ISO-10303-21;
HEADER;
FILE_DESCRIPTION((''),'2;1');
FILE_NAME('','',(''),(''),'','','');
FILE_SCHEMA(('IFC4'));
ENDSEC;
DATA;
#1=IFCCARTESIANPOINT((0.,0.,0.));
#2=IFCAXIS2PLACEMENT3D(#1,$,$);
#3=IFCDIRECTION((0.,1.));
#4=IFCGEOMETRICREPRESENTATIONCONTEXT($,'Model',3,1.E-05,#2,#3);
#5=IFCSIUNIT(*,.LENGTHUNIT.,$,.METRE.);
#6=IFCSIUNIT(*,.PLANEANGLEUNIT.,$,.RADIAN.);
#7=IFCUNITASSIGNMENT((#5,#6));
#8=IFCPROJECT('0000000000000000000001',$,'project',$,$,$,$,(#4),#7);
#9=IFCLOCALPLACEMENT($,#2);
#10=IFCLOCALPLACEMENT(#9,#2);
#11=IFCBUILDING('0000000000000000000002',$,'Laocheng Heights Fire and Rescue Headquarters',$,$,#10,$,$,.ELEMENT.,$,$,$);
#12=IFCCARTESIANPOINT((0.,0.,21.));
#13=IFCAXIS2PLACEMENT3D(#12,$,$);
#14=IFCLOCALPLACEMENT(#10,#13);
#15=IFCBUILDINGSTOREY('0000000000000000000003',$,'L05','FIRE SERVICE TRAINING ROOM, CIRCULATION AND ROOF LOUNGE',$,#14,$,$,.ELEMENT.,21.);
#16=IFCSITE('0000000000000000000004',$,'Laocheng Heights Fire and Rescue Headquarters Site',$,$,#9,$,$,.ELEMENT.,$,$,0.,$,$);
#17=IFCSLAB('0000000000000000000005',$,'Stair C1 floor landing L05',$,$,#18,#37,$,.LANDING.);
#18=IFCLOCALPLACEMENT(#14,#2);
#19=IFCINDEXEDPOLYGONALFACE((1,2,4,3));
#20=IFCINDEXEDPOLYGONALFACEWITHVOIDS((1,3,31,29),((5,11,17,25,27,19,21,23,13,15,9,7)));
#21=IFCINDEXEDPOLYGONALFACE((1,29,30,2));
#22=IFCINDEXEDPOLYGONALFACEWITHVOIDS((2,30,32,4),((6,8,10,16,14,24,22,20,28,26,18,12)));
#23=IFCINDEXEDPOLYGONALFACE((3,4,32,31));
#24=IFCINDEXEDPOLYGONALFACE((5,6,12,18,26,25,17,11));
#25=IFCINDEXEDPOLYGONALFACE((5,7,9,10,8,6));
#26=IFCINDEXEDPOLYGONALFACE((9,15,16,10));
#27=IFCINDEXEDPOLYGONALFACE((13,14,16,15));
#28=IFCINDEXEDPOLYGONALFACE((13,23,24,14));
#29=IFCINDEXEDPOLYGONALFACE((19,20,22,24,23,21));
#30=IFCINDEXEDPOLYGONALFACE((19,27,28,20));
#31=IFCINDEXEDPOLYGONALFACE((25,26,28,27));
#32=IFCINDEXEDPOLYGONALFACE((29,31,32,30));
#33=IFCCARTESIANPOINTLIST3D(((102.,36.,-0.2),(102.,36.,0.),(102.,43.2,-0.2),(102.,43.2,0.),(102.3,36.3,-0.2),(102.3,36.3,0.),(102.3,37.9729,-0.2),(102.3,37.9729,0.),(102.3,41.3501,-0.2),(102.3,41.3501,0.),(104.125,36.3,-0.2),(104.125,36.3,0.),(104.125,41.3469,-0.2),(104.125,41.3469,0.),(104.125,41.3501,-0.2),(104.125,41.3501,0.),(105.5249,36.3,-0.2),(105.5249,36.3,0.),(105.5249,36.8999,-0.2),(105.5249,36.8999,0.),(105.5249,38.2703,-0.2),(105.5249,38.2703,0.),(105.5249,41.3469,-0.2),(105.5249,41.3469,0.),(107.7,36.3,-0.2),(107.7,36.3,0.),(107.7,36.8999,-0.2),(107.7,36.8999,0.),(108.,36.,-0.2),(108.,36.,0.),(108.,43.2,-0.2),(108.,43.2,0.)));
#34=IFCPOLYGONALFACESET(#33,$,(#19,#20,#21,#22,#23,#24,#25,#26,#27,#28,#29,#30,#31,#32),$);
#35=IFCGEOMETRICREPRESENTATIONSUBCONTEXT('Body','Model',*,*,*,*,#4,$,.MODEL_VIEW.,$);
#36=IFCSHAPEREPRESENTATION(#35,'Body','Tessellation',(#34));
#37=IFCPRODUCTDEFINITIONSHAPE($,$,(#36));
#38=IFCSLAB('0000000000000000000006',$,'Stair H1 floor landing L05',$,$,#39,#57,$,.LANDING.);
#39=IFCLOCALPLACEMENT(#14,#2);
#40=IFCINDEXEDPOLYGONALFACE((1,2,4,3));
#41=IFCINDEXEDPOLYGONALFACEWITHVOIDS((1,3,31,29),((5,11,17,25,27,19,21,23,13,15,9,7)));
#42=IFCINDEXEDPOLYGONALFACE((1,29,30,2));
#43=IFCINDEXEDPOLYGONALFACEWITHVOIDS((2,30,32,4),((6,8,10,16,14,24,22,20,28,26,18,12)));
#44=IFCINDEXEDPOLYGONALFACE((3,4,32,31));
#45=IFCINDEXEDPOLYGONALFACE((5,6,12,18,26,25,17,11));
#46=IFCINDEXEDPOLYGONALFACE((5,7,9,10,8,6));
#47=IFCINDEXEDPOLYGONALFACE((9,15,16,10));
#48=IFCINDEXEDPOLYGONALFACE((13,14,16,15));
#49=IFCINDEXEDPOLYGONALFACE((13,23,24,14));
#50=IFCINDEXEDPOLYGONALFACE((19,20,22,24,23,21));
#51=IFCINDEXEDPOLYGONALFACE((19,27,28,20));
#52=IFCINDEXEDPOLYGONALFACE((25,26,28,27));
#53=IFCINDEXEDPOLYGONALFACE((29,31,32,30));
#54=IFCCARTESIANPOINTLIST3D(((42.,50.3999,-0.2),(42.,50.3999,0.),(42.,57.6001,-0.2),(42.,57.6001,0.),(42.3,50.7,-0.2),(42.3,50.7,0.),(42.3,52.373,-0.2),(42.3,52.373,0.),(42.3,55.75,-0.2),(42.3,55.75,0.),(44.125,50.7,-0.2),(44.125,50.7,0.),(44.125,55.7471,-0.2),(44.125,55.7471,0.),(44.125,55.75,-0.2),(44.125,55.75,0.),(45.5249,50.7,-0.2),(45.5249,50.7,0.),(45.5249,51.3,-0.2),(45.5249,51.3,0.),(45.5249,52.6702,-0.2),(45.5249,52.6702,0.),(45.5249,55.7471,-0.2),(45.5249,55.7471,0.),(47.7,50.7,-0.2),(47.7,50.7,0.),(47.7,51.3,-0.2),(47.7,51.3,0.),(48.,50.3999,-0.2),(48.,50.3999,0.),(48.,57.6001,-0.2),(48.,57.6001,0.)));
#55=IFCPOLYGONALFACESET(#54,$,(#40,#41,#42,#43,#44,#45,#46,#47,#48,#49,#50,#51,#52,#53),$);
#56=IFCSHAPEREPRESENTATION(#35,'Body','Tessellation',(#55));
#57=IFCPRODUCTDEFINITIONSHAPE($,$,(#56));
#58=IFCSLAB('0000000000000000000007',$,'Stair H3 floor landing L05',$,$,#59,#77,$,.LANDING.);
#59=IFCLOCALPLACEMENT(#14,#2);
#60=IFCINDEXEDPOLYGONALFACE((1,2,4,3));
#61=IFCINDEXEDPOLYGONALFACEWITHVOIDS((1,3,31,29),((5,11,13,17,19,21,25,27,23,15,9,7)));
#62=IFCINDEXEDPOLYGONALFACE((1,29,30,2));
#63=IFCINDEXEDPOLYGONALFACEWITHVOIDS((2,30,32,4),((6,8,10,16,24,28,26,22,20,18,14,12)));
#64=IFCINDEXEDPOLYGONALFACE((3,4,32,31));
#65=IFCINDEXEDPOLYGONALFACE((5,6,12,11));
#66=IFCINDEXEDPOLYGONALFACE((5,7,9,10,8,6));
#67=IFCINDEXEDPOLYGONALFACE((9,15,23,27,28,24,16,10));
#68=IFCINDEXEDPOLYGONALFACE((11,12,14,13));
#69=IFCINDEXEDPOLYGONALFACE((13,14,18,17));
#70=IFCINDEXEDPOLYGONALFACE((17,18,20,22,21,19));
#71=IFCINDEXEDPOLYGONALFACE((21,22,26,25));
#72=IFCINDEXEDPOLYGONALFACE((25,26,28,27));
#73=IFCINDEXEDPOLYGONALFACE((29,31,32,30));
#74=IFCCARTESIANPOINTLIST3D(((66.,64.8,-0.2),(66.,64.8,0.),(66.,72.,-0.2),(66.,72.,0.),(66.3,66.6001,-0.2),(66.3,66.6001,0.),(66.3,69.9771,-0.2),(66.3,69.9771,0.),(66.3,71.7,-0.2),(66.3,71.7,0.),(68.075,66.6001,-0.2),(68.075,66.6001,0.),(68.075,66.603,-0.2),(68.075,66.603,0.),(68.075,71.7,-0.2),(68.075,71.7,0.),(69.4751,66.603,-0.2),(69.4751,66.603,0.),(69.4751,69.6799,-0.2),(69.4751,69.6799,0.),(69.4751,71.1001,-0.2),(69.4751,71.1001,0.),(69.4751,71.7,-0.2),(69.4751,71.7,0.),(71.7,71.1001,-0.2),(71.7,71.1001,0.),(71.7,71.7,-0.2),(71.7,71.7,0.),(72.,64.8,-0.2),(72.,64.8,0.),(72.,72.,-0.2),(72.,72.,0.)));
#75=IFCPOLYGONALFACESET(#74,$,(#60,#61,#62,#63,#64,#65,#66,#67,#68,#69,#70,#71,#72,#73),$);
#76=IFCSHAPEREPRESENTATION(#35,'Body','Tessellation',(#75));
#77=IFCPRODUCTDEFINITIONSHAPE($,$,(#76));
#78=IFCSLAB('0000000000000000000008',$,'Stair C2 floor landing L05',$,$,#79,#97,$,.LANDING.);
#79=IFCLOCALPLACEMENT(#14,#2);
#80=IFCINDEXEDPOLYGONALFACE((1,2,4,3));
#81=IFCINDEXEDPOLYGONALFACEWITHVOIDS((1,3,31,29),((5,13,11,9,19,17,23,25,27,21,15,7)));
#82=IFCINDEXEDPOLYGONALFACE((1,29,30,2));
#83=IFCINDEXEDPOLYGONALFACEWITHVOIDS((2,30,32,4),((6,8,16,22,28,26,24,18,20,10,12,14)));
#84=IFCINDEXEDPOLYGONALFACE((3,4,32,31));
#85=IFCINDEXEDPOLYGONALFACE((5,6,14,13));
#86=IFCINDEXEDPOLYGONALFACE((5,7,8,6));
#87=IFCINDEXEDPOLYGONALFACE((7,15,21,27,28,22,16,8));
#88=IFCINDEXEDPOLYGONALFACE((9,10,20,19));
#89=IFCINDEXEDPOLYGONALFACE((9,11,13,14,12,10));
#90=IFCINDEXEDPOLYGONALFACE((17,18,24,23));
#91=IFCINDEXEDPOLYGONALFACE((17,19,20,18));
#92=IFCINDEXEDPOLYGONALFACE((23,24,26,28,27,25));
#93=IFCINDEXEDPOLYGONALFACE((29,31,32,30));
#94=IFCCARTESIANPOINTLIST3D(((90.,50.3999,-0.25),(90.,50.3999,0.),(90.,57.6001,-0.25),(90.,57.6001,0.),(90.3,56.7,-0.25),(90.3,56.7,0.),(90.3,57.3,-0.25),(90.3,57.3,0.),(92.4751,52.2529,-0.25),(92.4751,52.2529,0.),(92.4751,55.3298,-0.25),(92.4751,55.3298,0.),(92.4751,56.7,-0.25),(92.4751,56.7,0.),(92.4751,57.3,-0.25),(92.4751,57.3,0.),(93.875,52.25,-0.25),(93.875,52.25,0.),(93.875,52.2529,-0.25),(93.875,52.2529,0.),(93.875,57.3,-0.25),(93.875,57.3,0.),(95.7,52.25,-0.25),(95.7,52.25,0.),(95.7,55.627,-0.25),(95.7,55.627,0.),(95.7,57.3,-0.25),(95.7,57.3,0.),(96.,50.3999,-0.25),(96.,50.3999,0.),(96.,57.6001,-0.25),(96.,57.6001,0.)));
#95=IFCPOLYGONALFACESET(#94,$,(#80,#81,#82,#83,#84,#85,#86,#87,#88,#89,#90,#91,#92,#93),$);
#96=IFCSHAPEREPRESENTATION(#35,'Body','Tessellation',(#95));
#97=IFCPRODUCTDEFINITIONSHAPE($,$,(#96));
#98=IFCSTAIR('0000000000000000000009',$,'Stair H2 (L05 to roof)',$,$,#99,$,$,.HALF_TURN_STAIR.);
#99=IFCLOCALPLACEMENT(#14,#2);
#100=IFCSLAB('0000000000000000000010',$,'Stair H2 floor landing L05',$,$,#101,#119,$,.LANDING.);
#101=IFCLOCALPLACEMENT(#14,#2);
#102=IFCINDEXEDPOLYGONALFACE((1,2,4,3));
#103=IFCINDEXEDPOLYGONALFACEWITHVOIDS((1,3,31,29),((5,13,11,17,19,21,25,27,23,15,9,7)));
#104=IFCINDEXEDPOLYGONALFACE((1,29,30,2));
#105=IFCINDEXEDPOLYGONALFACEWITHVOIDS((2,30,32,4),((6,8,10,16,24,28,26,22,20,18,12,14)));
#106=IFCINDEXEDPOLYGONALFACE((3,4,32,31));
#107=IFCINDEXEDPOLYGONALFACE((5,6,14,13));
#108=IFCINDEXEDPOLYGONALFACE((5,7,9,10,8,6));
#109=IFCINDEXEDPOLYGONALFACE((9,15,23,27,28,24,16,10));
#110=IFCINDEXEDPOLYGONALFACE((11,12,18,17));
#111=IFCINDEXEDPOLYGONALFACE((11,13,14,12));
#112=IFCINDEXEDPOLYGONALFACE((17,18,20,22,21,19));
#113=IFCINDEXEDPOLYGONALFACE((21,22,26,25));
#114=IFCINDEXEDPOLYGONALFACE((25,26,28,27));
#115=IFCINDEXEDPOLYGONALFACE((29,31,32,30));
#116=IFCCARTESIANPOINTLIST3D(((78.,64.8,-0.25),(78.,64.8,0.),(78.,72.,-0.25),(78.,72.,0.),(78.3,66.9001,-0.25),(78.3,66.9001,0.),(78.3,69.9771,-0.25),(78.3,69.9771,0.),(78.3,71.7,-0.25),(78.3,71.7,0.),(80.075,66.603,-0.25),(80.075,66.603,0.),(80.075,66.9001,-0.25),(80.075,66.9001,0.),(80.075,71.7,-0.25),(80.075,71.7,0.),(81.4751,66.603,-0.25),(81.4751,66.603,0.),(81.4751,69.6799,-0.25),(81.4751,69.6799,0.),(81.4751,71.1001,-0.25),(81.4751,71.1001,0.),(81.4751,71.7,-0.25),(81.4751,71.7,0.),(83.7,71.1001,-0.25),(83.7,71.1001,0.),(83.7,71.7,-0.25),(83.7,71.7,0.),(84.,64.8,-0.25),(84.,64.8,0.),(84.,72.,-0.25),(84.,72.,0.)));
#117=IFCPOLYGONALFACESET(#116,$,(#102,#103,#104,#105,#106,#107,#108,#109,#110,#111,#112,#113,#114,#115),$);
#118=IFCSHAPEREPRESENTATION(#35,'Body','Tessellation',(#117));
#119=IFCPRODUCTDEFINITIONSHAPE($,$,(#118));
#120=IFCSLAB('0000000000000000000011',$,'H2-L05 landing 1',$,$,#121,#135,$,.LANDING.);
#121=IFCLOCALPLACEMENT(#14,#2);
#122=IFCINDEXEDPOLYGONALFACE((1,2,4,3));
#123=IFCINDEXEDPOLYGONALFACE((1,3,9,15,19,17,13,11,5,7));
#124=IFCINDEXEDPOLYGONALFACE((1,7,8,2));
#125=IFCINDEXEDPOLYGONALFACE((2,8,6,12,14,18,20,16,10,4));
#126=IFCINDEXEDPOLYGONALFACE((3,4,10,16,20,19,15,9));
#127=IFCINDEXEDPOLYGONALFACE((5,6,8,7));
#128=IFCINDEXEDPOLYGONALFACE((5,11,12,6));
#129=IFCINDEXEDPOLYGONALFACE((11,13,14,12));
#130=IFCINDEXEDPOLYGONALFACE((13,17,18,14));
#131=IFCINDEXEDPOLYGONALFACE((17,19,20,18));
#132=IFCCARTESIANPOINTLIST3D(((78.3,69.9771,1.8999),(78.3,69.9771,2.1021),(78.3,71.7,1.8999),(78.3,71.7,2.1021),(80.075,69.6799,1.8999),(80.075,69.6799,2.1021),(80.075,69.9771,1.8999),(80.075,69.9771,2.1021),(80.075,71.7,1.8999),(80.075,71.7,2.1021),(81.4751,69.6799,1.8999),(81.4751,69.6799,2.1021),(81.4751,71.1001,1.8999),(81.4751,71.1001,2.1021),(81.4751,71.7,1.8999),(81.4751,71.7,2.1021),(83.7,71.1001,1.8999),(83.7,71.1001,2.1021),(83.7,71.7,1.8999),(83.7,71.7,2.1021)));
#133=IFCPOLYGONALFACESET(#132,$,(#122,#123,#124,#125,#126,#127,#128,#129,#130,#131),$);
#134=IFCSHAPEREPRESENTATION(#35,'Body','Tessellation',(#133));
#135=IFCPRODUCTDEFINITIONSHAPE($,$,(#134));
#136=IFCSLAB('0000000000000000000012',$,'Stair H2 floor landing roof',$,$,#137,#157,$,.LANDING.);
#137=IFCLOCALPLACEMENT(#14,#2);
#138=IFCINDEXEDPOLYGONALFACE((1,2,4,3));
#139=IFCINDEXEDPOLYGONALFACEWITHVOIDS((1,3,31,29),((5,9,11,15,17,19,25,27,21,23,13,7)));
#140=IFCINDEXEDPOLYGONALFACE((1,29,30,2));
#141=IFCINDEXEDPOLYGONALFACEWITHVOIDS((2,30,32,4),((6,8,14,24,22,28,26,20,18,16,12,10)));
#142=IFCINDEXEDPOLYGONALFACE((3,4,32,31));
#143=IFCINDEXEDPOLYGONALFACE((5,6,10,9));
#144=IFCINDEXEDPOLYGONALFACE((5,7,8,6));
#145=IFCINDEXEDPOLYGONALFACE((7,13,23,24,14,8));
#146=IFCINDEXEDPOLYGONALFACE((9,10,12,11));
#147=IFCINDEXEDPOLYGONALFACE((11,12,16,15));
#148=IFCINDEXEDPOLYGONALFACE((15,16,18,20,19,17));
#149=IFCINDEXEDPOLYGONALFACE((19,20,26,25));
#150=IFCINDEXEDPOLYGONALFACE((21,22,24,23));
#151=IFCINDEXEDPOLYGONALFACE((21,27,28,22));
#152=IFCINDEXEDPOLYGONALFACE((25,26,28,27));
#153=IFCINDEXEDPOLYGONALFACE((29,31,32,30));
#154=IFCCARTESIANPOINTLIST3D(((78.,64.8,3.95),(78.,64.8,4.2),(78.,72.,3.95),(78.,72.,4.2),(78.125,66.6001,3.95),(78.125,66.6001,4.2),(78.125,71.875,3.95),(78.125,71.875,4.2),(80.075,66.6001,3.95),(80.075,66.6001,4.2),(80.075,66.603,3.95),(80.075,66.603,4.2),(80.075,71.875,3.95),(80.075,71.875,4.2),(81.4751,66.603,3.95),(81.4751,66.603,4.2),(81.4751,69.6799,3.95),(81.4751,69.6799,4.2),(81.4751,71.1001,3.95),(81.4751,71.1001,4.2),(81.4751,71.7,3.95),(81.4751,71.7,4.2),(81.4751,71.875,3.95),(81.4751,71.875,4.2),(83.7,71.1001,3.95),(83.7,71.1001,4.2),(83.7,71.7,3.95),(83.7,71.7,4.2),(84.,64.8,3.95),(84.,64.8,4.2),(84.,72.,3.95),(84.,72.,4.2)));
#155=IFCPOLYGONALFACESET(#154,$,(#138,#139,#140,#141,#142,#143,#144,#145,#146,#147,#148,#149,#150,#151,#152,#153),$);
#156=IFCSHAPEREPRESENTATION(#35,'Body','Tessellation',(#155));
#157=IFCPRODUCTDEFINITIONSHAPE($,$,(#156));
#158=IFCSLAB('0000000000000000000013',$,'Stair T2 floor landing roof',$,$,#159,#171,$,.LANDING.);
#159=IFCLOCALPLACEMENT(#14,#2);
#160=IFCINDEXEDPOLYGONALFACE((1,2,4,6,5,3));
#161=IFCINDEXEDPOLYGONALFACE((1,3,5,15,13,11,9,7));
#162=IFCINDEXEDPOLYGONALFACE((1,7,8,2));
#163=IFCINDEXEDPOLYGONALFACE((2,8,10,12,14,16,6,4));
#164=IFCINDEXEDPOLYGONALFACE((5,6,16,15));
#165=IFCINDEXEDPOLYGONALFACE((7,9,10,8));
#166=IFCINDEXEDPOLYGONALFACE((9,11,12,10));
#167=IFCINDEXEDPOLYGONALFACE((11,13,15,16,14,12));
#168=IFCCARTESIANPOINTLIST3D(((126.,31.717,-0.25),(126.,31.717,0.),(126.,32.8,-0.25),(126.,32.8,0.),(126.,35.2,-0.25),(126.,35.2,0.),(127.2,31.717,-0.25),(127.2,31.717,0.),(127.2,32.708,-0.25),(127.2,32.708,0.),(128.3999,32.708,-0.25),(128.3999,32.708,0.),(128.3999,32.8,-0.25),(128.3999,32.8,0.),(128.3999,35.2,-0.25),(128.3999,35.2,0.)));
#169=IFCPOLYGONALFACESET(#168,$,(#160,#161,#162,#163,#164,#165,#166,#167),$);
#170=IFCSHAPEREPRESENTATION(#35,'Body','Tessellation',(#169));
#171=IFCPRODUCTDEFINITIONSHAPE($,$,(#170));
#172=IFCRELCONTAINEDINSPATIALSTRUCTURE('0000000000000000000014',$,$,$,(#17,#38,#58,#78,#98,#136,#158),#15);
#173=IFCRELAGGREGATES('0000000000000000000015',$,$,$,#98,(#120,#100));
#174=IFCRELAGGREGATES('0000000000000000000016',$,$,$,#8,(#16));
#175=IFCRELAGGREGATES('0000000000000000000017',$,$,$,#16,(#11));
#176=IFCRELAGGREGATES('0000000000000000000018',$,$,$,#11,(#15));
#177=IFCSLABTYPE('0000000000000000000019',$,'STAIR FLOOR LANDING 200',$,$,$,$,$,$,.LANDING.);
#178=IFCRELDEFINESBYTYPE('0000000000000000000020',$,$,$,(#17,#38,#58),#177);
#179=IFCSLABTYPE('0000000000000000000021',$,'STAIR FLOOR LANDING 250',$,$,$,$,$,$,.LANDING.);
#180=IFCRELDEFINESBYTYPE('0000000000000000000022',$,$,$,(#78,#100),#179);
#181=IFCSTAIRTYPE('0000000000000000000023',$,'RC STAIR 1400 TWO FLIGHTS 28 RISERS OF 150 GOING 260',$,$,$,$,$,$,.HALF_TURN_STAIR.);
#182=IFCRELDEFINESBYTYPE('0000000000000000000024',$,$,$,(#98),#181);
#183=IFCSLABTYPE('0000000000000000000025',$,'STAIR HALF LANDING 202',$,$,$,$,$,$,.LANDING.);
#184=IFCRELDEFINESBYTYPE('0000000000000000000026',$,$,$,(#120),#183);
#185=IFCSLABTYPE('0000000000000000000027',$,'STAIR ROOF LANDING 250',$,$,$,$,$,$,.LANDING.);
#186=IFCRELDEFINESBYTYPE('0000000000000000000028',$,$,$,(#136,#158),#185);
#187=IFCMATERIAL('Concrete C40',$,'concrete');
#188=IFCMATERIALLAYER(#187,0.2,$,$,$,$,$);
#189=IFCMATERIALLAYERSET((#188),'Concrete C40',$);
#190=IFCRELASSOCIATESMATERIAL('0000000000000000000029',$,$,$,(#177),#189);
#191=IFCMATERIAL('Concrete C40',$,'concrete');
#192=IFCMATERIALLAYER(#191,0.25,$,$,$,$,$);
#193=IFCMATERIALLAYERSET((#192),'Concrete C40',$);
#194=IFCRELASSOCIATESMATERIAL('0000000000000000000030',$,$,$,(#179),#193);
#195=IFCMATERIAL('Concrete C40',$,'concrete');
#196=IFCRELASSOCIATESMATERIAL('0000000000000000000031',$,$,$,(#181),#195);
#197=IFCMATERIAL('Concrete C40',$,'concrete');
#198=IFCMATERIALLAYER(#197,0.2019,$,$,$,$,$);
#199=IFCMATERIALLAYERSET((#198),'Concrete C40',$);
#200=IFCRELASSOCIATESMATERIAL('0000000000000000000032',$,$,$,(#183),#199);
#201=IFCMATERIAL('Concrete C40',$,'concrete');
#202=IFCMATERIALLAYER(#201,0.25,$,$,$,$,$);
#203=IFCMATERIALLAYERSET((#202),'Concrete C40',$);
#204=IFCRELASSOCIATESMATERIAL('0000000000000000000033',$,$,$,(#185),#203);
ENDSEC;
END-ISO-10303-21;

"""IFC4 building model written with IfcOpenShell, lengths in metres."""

from ifc_helpers import new_model, si_unit, direction, frame, origin, place, context, subcontext, project, spatial, polyline, outline, extrude, material, layer, layer_set, type_object, element, aggregate, save


model = new_model("IFC4")

# Units and contexts
model_context = context("Model", 3, precision=1e-05, world=origin(), true_north=direction((0.0, 1.0)))
body_context = subcontext(model_context, "Body", "Model", "MODEL_VIEW")
ifc_project = project(units=[si_unit("LENGTHUNIT", "METRE"), si_unit("PLANEANGLEUNIT", "RADIAN")], contexts=[model_context])

# Site, building, storey
site_placement = place(None, origin())
site = spatial("IfcSite", under=ifc_project, at=site_placement, Name="Laocheng Heights Fire and Rescue Headquarters Site", CompositionType="ELEMENT", RefElevation=0.0)
building_placement = place(site_placement, origin())
building = spatial("IfcBuilding", under=site, at=building_placement, Name="Laocheng Heights Fire and Rescue Headquarters", CompositionType="ELEMENT")
storey_placement = place(building_placement, frame((0.0, 0.0, 21.0)))
storey = spatial("IfcBuildingStorey", under=building, at=storey_placement, Name="L05", Description="FIRE SERVICE TRAINING ROOM, CIRCULATION AND ROOF LOUNGE", CompositionType="ELEMENT", Elevation=21.0)

# Slabs
ifc_material_1 = material(Name="Concrete C40", Category="concrete")
ifc_layer_1 = layer(ifc_material_1, 0.2)
ifc_layer_set_1 = layer_set([ifc_layer_1], Name="Concrete C40")
slab_type_1 = type_object("IfcSlabType", Name="STAIR FLOOR LANDING 200", PredefinedType="LANDING", material=ifc_layer_set_1)
slab_1_placement = place(storey_placement, frame((0.0, 0.0, -0.2)))
element("IfcSlab", 1, at=slab_1_placement, inside=storey, type_object=slab_type_1, Name="Stair C1 floor landing L05", PredefinedType="LANDING", context=body_context, shape_type="SweptSolid", body=[
    extrude(outline(polyline([(102.0, 43.2), (108.0, 43.2), (108.0, 36.0), (102.0, 36.0), (102.0, 43.2)]), holes=[polyline([(104.125, 41.3501), (102.3, 41.3501), (102.3, 37.9729), (102.3, 36.3), (104.125, 36.3), (105.5249, 36.3), (107.7, 36.3), (107.7, 36.8999), (105.5249, 36.8999), (105.5249, 38.2703), (105.5249, 41.3469), (104.125, 41.3469), (104.125, 41.3501)])]), origin(), (0.0, 0.0, 1.0), 0.2),
])
slab_2_placement = place(storey_placement, frame((0.0, 0.0, -0.2)))
element("IfcSlab", 2, at=slab_2_placement, inside=storey, type_object=slab_type_1, Name="Stair H1 floor landing L05", PredefinedType="LANDING", context=body_context, shape_type="SweptSolid", body=[
    extrude(outline(polyline([(42.0, 57.6001), (48.0, 57.6001), (48.0, 50.3999), (42.0, 50.3999), (42.0, 57.6001)]), holes=[polyline([(44.125, 55.75), (42.3, 55.75), (42.3, 52.373), (42.3, 50.7), (44.125, 50.7), (45.5249, 50.7), (47.7, 50.7), (47.7, 51.3), (45.5249, 51.3), (45.5249, 52.6702), (45.5249, 55.7471), (44.125, 55.7471), (44.125, 55.75)])]), origin(), (0.0, 0.0, 1.0), 0.2),
])
slab_3_placement = place(storey_placement, frame((0.0, 0.0, -0.2)))
element("IfcSlab", 3, at=slab_3_placement, inside=storey, type_object=slab_type_1, Name="Stair H3 floor landing L05", PredefinedType="LANDING", context=body_context, shape_type="SweptSolid", body=[
    extrude(outline(polyline([(66.0, 72.0), (72.0, 72.0), (72.0, 64.8), (66.0, 64.8), (66.0, 72.0)]), holes=[polyline([(68.075, 71.7), (66.3, 71.7), (66.3, 69.9771), (66.3, 66.6001), (68.075, 66.6001), (68.075, 66.603), (69.4751, 66.603), (69.4751, 69.6799), (69.4751, 71.1001), (71.7, 71.1001), (71.7, 71.7), (69.4751, 71.7), (68.075, 71.7)])]), origin(), (0.0, 0.0, 1.0), 0.2),
])
ifc_material_2 = material(Name="Concrete C40", Category="concrete")
ifc_layer_2 = layer(ifc_material_2, 0.25)
ifc_layer_set_2 = layer_set([ifc_layer_2], Name="Concrete C40")
slab_type_2 = type_object("IfcSlabType", Name="STAIR FLOOR LANDING 250", PredefinedType="LANDING", material=ifc_layer_set_2)
slab_4_placement = place(storey_placement, frame((0.0, 0.0, -0.25)))
element("IfcSlab", 4, at=slab_4_placement, inside=storey, type_object=slab_type_2, Name="Stair C2 floor landing L05", PredefinedType="LANDING", context=body_context, shape_type="SweptSolid", body=[
    extrude(outline(polyline([(90.0, 57.6001), (96.0, 57.6001), (96.0, 50.3999), (90.0, 50.3999), (90.0, 57.6001)]), holes=[polyline([(93.875, 52.25), (95.7, 52.25), (95.7, 55.627), (95.7, 57.3), (93.875, 57.3), (92.4751, 57.3), (90.3, 57.3), (90.3, 56.7), (92.4751, 56.7), (92.4751, 55.3298), (92.4751, 52.2529), (93.875, 52.2529), (93.875, 52.25)])]), origin(), (0.0, 0.0, 1.0), 0.25),
])

# Stair, slabs
ifc_material_3 = material(Name="Concrete C40", Category="concrete")
stair_type = type_object("IfcStairType", Name="RC STAIR 1400 TWO FLIGHTS 28 RISERS OF 150 GOING 260", PredefinedType="HALF_TURN_STAIR", material=ifc_material_3)
stair_placement = place(storey_placement, origin())
stair = element("IfcStair", 5, at=stair_placement, inside=storey, type_object=stair_type, Name="Stair H2 (L05 to roof)", PredefinedType="HALF_TURN_STAIR")
slab_5_placement = place(storey_placement, frame((0.0, 0.0, -0.25)))
slab_5 = element("IfcSlab", 6, at=slab_5_placement, type_object=slab_type_2, Name="Stair H2 floor landing L05", PredefinedType="LANDING", context=body_context, shape_type="SweptSolid", body=[
    extrude(outline(polyline([(78.0, 72.0), (84.0, 72.0), (84.0, 64.8), (78.0, 64.8), (78.0, 72.0)]), holes=[polyline([(80.075, 66.9001), (80.075, 66.603), (81.4751, 66.603), (81.4751, 69.6799), (81.4751, 71.1001), (83.7, 71.1001), (83.7, 71.7), (81.4751, 71.7), (80.075, 71.7), (78.3, 71.7), (78.3, 69.9771), (78.3, 66.9001), (80.075, 66.9001)])]), origin(), (0.0, 0.0, 1.0), 0.25),
])
ifc_material_4 = material(Name="Concrete C40", Category="concrete")
ifc_layer_3 = layer(ifc_material_4, 0.2019)
ifc_layer_set_3 = layer_set([ifc_layer_3], Name="Concrete C40")
slab_type_3 = type_object("IfcSlabType", Name="STAIR HALF LANDING 202", PredefinedType="LANDING", material=ifc_layer_set_3)
slab_6_placement = place(storey_placement, frame((0.0, 0.0, 1.8999)))
slab_6 = element("IfcSlab", 7, at=slab_6_placement, type_object=slab_type_3, Name="H2-L05 landing 1", PredefinedType="LANDING", context=body_context, shape_type="SweptSolid", body=[
    extrude(outline(polyline([(83.7, 71.1001), (83.7, 71.7), (81.4751, 71.7), (80.075, 71.7), (78.3, 71.7), (78.3, 69.9771), (80.075, 69.9771), (80.075, 69.6799), (81.4751, 69.6799), (81.4751, 71.1001), (83.7, 71.1001)])), origin(), (0.0, 0.0, 1.0), 0.2021),
])
aggregate(stair, [slab_6, slab_5])

# Slabs
ifc_material_5 = material(Name="Concrete C40", Category="concrete")
ifc_layer_4 = layer(ifc_material_5, 0.25)
ifc_layer_set_4 = layer_set([ifc_layer_4], Name="Concrete C40")
slab_type_4 = type_object("IfcSlabType", Name="STAIR ROOF LANDING 250", PredefinedType="LANDING", material=ifc_layer_set_4)
slab_7_placement = place(storey_placement, frame((0.0, 0.0, 3.95)))
element("IfcSlab", 8, at=slab_7_placement, inside=storey, type_object=slab_type_4, Name="Stair H2 floor landing roof", PredefinedType="LANDING", context=body_context, shape_type="SweptSolid", body=[
    extrude(outline(polyline([(78.0, 72.0), (84.0, 72.0), (84.0, 64.8), (78.0, 64.8), (78.0, 72.0)]), holes=[polyline([(80.075, 71.875), (78.125, 71.875), (78.125, 66.6001), (80.075, 66.6001), (80.075, 66.603), (81.4751, 66.603), (81.4751, 69.6799), (81.4751, 71.1001), (83.7, 71.1001), (83.7, 71.7), (81.4751, 71.7), (81.4751, 71.875), (80.075, 71.875)])]), origin(), (0.0, 0.0, 1.0), 0.25),
])
slab_8_placement = place(storey_placement, frame((0.0, 0.0, -0.25)))
element("IfcSlab", 9, at=slab_8_placement, inside=storey, type_object=slab_type_4, Name="Stair T2 floor landing roof", PredefinedType="LANDING", context=body_context, shape_type="SweptSolid", body=[
    extrude(outline(polyline([(126.0, 31.717), (127.2, 31.717), (127.2, 32.708), (128.3999, 32.708), (128.3999, 32.8), (128.3999, 35.2), (126.0, 35.2), (126.0, 32.8), (126.0, 32.8), (126.0, 31.717)])), origin(), (0.0, 0.0, 1.0), 0.25),
])

save(model, "model.ifc")
